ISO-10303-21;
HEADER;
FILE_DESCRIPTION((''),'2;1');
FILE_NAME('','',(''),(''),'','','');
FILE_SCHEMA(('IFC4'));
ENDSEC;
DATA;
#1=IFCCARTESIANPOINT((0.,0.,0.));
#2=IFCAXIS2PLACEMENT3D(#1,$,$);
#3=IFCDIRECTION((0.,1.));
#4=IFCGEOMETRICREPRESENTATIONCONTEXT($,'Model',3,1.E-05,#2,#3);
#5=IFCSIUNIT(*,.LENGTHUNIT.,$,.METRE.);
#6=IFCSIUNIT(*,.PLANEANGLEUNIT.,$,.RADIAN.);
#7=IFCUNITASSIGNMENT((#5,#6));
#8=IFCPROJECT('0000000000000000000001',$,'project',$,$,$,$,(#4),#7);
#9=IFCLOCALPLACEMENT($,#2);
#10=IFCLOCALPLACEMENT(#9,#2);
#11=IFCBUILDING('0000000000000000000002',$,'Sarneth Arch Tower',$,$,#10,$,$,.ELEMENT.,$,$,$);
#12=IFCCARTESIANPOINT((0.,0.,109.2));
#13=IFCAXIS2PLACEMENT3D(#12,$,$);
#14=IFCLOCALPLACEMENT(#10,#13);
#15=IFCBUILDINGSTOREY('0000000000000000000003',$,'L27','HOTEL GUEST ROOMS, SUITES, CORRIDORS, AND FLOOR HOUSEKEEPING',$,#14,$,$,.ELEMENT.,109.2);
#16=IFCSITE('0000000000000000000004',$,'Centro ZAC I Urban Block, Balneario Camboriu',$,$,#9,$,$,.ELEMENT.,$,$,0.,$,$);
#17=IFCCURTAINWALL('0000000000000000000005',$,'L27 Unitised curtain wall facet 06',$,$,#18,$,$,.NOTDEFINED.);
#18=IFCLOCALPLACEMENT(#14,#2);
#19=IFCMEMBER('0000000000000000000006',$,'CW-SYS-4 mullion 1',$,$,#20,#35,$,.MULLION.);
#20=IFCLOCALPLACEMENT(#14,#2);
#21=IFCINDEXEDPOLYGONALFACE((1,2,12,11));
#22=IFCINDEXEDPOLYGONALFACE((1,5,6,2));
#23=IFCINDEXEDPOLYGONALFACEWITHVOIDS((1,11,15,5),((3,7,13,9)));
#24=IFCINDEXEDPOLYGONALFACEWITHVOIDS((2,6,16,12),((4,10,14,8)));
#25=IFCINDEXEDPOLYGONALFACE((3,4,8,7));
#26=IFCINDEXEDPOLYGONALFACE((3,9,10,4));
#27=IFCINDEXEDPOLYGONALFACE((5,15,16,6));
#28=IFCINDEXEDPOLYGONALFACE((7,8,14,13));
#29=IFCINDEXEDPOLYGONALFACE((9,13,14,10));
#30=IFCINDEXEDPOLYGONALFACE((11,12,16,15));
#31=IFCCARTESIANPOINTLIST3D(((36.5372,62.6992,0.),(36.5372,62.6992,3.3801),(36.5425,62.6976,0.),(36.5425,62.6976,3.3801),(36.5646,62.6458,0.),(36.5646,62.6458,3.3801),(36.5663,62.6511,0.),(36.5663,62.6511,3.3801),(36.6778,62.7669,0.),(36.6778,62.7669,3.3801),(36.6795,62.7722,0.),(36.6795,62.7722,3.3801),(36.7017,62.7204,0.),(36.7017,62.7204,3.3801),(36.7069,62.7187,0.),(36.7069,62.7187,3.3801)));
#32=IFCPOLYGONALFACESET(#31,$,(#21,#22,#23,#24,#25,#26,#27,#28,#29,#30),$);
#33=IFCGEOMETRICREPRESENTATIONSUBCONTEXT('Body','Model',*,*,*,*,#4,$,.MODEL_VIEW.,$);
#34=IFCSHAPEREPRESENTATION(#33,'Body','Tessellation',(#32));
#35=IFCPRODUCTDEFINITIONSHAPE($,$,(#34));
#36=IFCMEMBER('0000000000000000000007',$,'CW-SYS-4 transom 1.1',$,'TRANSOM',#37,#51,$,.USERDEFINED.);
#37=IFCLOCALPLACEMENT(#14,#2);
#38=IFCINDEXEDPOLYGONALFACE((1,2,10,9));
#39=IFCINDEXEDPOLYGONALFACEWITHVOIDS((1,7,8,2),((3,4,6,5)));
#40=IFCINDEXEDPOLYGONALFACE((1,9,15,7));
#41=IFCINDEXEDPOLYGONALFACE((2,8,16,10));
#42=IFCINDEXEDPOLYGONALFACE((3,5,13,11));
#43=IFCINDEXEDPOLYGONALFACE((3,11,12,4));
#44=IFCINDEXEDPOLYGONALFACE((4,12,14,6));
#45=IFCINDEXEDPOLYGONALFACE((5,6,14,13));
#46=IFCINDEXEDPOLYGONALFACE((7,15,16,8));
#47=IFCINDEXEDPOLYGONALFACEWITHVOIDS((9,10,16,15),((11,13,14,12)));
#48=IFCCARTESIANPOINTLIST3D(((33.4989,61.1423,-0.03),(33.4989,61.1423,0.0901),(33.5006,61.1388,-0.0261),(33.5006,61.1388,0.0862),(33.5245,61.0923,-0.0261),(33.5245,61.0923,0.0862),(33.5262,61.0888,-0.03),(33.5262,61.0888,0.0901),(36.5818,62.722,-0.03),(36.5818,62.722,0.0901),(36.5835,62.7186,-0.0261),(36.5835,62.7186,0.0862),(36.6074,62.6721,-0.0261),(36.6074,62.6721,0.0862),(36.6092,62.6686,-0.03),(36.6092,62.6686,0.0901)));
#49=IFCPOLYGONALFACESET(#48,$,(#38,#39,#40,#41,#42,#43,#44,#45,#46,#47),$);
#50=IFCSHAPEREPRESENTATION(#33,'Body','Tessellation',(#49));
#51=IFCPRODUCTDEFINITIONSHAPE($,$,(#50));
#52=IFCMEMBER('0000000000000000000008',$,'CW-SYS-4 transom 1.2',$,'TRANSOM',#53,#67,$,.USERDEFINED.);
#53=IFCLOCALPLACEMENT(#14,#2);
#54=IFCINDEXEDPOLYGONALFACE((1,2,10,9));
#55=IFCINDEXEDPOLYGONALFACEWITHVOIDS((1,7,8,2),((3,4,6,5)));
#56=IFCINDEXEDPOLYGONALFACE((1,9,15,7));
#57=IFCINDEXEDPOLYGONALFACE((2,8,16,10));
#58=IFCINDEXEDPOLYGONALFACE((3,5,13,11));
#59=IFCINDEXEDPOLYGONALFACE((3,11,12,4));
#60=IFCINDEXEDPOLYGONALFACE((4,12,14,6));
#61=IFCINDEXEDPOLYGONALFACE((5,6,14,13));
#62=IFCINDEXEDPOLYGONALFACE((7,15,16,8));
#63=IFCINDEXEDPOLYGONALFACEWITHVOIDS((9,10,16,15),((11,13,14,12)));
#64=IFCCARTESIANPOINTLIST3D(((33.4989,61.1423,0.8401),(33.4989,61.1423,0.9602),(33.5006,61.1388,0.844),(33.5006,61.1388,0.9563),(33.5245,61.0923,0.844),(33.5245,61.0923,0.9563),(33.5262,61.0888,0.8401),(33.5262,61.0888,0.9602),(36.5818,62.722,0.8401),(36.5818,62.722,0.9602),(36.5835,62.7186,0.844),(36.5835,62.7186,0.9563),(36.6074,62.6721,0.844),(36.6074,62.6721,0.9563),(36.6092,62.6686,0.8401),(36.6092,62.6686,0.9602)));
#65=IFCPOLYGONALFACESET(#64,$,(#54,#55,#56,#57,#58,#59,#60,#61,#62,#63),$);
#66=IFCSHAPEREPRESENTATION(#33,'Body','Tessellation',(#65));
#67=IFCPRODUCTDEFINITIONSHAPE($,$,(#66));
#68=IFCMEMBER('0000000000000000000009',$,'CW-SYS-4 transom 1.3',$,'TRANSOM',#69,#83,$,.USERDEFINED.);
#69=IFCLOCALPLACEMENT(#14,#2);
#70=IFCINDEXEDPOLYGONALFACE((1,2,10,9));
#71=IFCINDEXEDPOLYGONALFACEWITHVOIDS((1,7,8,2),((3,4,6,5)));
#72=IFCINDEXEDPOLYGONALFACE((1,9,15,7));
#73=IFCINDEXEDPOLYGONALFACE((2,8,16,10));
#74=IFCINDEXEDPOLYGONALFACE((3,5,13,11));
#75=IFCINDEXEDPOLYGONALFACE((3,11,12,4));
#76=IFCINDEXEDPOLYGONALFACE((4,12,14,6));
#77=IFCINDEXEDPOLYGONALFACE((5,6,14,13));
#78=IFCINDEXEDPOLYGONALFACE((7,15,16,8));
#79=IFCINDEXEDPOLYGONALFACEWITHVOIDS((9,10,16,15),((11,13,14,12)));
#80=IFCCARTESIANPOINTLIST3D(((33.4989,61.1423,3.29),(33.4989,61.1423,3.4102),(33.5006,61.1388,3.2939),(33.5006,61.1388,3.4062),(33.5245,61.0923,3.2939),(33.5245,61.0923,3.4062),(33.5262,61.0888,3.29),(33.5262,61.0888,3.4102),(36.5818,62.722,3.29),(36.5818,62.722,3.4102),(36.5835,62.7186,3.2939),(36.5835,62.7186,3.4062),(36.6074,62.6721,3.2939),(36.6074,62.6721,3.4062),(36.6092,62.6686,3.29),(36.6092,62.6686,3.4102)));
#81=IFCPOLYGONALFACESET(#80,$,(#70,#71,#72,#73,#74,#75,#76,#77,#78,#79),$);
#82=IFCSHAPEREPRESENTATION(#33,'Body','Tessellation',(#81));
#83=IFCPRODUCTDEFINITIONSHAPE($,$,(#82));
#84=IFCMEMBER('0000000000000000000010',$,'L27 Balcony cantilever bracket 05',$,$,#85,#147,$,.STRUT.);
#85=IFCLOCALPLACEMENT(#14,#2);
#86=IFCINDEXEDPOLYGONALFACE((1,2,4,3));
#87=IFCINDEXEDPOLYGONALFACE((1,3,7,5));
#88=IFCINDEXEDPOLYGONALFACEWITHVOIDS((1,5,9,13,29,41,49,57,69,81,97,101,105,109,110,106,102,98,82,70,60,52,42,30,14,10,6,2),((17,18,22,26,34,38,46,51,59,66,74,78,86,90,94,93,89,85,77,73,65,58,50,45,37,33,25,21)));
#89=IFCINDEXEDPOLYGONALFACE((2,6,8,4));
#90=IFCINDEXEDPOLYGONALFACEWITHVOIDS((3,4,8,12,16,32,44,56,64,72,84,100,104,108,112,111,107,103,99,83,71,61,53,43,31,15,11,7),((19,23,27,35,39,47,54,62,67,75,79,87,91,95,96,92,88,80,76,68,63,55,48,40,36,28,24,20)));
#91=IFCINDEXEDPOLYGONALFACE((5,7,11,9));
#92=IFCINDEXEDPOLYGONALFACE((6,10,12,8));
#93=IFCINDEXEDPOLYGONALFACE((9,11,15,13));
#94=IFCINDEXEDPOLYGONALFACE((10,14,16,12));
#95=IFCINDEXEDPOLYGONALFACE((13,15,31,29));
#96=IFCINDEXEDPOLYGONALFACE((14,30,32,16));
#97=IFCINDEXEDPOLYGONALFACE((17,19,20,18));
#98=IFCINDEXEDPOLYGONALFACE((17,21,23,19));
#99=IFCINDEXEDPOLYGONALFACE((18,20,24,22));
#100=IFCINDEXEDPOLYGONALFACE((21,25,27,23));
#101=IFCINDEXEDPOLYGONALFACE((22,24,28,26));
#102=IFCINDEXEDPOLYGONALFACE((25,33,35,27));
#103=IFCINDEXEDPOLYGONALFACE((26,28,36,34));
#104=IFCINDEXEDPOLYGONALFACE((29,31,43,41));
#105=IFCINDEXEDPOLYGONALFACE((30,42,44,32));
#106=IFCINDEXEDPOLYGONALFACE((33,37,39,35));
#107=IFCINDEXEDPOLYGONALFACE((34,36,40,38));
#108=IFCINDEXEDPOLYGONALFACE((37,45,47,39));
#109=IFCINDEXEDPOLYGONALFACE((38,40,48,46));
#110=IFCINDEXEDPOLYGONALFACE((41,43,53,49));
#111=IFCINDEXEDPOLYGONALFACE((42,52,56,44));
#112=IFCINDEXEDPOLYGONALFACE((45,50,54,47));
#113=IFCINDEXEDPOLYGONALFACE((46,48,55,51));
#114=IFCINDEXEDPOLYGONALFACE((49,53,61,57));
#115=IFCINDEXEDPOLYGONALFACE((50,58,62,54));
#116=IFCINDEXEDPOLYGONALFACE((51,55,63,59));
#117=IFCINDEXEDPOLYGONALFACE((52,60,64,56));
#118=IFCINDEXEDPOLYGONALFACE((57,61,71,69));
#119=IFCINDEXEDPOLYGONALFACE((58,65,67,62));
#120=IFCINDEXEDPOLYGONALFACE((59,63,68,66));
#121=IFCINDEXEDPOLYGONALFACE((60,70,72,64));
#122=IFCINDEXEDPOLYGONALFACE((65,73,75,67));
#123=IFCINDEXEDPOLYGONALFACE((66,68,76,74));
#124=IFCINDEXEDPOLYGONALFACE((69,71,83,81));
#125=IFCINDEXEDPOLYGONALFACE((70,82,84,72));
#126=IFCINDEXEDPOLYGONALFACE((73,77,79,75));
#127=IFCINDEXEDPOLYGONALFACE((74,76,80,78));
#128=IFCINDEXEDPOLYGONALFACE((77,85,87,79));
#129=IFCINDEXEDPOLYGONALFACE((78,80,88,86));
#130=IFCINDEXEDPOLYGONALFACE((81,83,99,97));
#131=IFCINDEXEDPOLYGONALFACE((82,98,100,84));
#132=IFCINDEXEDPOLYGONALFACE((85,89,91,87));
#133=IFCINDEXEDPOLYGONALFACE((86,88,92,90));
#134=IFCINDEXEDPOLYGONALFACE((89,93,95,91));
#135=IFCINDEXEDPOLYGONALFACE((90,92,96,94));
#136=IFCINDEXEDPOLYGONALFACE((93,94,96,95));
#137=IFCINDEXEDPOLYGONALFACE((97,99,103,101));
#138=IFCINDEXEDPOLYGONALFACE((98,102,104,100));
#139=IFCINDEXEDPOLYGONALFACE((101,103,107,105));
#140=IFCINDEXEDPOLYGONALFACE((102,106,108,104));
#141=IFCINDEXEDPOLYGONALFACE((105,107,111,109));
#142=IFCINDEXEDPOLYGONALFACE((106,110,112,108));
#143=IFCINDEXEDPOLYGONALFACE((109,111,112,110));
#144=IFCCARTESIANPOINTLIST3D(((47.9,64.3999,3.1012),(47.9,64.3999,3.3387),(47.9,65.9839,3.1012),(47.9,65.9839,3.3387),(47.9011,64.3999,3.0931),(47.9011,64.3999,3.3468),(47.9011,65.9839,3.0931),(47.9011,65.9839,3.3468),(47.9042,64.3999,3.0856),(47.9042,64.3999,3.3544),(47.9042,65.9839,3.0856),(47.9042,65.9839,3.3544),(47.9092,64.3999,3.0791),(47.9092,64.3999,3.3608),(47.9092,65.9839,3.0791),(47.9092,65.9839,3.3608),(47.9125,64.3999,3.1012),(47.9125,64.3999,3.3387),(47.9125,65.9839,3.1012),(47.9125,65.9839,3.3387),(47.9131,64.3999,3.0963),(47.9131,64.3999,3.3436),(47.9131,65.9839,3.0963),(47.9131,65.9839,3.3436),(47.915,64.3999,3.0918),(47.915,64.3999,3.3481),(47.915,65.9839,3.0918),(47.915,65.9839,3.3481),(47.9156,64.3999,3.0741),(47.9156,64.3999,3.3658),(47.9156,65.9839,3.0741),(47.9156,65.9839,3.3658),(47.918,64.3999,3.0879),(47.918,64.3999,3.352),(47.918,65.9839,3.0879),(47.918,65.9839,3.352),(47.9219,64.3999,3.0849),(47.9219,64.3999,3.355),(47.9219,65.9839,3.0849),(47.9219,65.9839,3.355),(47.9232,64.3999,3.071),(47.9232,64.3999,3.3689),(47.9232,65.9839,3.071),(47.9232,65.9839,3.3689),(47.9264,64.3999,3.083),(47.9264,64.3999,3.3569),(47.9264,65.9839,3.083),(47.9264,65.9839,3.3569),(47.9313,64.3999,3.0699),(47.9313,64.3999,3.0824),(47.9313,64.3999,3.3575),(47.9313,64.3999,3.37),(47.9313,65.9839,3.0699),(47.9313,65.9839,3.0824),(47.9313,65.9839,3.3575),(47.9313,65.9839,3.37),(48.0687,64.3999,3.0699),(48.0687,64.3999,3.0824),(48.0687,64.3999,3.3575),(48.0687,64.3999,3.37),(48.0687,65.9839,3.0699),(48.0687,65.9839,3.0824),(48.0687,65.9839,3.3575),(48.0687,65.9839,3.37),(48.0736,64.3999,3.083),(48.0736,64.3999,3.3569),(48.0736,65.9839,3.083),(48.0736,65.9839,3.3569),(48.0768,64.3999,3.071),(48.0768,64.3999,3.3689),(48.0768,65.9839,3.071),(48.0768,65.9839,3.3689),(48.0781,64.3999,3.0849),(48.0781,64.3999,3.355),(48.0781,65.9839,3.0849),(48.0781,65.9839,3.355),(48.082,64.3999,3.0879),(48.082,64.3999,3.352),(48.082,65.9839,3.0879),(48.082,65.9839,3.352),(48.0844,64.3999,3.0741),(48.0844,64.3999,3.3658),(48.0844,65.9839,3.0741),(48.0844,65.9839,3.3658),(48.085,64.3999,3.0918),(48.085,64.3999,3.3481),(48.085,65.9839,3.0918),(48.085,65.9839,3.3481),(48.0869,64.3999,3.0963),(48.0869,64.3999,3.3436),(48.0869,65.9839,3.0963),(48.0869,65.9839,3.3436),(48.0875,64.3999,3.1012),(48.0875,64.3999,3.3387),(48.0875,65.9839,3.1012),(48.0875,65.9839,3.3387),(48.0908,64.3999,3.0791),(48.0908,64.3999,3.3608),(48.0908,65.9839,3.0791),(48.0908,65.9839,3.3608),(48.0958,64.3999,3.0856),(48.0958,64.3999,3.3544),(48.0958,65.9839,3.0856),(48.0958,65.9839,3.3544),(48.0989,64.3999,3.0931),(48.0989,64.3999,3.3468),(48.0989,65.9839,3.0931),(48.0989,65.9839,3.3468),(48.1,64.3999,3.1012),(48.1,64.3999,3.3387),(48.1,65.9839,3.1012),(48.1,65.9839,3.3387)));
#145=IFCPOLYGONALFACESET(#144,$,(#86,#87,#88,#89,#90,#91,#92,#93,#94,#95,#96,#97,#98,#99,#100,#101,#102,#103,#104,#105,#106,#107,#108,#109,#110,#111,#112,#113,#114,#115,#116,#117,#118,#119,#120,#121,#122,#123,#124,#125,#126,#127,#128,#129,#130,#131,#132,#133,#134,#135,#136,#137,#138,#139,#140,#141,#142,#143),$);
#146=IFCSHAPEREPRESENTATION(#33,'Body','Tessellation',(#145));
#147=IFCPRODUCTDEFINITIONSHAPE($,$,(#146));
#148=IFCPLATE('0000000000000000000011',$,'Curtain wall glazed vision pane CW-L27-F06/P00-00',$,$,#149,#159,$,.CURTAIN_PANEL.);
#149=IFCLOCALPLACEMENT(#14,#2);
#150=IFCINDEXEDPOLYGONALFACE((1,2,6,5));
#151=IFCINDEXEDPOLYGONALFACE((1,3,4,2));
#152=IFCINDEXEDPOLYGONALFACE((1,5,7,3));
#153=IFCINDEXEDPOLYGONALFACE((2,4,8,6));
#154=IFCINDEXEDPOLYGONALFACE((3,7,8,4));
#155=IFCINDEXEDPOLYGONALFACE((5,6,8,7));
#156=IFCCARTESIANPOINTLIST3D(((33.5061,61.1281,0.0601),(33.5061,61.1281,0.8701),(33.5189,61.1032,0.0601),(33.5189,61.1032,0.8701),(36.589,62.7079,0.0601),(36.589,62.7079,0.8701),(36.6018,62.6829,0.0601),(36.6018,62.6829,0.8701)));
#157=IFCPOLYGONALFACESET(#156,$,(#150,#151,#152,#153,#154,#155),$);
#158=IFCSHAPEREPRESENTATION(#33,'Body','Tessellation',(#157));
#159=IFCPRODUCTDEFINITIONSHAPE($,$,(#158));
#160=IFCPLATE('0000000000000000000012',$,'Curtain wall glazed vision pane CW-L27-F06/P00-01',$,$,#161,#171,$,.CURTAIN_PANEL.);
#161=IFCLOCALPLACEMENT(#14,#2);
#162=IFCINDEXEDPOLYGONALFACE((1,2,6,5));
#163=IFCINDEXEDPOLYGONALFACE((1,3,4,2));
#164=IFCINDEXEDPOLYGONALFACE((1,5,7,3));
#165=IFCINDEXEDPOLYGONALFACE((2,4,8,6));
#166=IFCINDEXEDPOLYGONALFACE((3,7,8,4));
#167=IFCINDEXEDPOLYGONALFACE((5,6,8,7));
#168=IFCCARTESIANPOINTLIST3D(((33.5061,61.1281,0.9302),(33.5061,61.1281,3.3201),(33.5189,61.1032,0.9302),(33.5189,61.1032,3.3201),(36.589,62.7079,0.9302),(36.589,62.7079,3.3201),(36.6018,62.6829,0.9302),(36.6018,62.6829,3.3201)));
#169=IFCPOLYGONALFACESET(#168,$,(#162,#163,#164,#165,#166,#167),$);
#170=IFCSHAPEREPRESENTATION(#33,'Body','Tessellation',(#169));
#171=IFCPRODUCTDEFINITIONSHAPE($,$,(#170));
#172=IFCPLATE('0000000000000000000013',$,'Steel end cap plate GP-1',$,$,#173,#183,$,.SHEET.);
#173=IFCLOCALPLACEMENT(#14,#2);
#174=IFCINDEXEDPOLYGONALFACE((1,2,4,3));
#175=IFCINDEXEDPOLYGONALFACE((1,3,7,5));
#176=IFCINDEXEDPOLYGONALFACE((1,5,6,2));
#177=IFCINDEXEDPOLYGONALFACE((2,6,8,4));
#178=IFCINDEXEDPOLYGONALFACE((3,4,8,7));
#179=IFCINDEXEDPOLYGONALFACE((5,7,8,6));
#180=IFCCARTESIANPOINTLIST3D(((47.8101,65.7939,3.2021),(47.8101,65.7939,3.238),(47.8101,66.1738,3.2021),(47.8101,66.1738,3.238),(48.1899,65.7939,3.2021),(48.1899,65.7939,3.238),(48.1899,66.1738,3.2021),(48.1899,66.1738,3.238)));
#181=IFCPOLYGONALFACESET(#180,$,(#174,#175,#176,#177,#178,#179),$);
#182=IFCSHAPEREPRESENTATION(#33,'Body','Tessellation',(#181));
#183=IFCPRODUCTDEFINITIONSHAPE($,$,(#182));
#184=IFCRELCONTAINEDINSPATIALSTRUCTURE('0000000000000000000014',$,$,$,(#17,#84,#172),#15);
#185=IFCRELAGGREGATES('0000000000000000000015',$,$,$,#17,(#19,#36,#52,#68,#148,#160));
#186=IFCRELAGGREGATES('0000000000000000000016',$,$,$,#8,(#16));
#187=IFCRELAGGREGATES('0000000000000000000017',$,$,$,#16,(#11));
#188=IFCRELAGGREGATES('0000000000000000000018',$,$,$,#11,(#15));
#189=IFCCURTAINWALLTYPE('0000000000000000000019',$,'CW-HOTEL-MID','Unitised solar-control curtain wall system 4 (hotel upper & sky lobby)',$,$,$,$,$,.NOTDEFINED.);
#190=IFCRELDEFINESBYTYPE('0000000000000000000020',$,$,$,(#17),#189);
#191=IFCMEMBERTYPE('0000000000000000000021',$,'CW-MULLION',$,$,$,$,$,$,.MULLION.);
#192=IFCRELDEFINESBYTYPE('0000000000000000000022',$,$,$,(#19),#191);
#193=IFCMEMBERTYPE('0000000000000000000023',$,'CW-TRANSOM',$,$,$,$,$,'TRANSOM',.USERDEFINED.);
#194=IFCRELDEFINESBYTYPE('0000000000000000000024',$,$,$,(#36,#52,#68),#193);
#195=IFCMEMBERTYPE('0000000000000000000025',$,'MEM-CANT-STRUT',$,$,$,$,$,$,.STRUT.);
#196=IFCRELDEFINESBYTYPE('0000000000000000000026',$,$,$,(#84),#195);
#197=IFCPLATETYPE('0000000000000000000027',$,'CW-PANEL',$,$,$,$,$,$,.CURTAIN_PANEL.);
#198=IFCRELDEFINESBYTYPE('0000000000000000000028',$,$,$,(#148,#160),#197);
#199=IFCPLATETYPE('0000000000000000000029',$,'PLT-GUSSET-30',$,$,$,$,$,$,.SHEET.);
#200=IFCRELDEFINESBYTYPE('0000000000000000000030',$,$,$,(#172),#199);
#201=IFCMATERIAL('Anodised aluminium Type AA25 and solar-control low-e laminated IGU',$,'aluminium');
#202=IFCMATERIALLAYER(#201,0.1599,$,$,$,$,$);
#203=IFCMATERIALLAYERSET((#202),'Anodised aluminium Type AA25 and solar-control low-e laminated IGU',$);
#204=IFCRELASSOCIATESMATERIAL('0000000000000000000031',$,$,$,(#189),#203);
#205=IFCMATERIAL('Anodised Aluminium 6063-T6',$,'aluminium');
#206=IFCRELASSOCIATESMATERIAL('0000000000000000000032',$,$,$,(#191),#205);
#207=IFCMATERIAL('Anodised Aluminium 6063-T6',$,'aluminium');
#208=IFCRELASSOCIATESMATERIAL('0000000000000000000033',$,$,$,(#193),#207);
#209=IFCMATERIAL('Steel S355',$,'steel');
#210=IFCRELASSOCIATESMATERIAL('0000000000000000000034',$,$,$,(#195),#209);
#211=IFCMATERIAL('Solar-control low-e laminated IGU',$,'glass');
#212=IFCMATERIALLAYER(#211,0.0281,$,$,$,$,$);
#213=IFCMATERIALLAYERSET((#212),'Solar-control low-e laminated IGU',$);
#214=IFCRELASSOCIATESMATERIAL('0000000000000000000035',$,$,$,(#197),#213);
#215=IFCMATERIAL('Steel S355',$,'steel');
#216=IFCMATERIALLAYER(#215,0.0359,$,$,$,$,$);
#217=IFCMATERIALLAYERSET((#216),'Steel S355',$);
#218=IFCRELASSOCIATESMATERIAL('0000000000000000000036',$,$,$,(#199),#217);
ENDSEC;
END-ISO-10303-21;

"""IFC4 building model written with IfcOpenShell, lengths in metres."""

from ifc_helpers import new_model, si_unit, direction, frame, origin, origin_2d, place, context, subcontext, project, spatial, rectangle, hollow_rectangle, extrude, material, layer, layer_set, material_profile, profile_set, type_object, element, aggregate, save


model = new_model("IFC4")

# Units and contexts
model_context = context("Model", 3, precision=1e-05, world=origin(), true_north=direction((0.0, 1.0)))
body_context = subcontext(model_context, "Body", "Model", "MODEL_VIEW")
ifc_project = project(units=[si_unit("LENGTHUNIT", "METRE"), si_unit("PLANEANGLEUNIT", "RADIAN")], contexts=[model_context])

# Site, building, storey
site_placement = place(None, origin())
site = spatial("IfcSite", under=ifc_project, at=site_placement, Name="Centro ZAC I Urban Block, Balneario Camboriu", CompositionType="ELEMENT", RefElevation=0.0)
building_placement = place(site_placement, origin())
building = spatial("IfcBuilding", under=site, at=building_placement, Name="Sarneth Arch Tower", CompositionType="ELEMENT")
storey_placement = place(building_placement, frame((0.0, 0.0, 109.2)))
storey = spatial("IfcBuildingStorey", under=building, at=storey_placement, Name="L27", Description="HOTEL GUEST ROOMS, SUITES, CORRIDORS, AND FLOOR HOUSEKEEPING", CompositionType="ELEMENT", Elevation=109.2)

# Curtain wall, members
ifc_material_1 = material(Name="Anodised aluminium Type AA25 and solar-control low-e laminated IGU", Category="aluminium")
ifc_layer_1 = layer(ifc_material_1, 0.1599)
ifc_layer_set_1 = layer_set([ifc_layer_1], Name="Anodised aluminium Type AA25 and solar-control low-e laminated IGU")
curtain_wall_type = type_object("IfcCurtainWallType", Name="CW-HOTEL-MID", Description="Unitised solar-control curtain wall system 4 (hotel upper & sky lobby)", PredefinedType="NOTDEFINED", material=ifc_layer_set_1)
curtain_wall_placement = place(storey_placement, origin())
curtain_wall = element("IfcCurtainWall", 1, at=curtain_wall_placement, inside=storey, type_object=curtain_wall_type, Name="L27 Unitised curtain wall facet 06", PredefinedType="NOTDEFINED")
ifc_material_2 = material(Name="Anodised Aluminium 6063-T6", Category="aluminium")
ifc_material_profile_1 = material_profile(ifc_material_2, hollow_rectangle(XDim=0.0601, YDim=0.1599, WallThickness=0.0039, at=origin_2d()), Name="AL-MULL-160x60x4")
ifc_profile_set_1 = profile_set([ifc_material_profile_1], Name="Anodised Aluminium 6063-T6")
member_type_1 = type_object("IfcMemberType", Name="CW-MULLION", PredefinedType="MULLION", material=ifc_profile_set_1)
member_1_placement = place(storey_placement, frame((36.6221, 62.709, 0.0), z_axis=(0.0, 0.0, 1.0), x_axis=(0.456031, -0.889964, 0.0)))
member_1 = element("IfcMember", 2, at=member_1_placement, type_object=member_type_1, Name="CW-SYS-4 mullion 1", PredefinedType="MULLION", context=body_context, shape_type="SweptSolid", body=[
    extrude(hollow_rectangle(XDim=0.0601, YDim=0.1599, WallThickness=0.0039, at=origin_2d()), origin(), (0.0, 0.0, 1.0), 3.3801),
])
ifc_material_3 = material(Name="Anodised Aluminium 6063-T6", Category="aluminium")
ifc_material_profile_2 = material_profile(ifc_material_3, hollow_rectangle(XDim=0.0601, YDim=0.1201, WallThickness=0.0039, at=origin_2d()), Name="AL-TRAN-120x60x4")
ifc_profile_set_2 = profile_set([ifc_material_profile_2], Name="Anodised Aluminium 6063-T6")
member_type_2 = type_object("IfcMemberType", Name="CW-TRANSOM", ElementType="TRANSOM", PredefinedType="USERDEFINED", material=ifc_profile_set_2)
member_2_placement = place(storey_placement, frame((36.5955, 62.6953, 0.03), z_axis=(-0.889958, -0.456043, 0.0), x_axis=(0.456043, -0.889958, 0.0)))
member_2 = element("IfcMember", 3, at=member_2_placement, type_object=member_type_2, Name="CW-SYS-4 transom 1.1", ObjectType="TRANSOM", PredefinedType="USERDEFINED", context=body_context, shape_type="SweptSolid", body=[
    extrude(hollow_rectangle(XDim=0.0601, YDim=0.1201, WallThickness=0.0039, at=origin_2d()), origin(), (0.0, 0.0, 1.0), 3.4641),
])
member_3_placement = place(storey_placement, frame((36.5955, 62.6953, 0.9001), z_axis=(-0.889958, -0.456043, 0.0), x_axis=(0.456043, -0.889958, 0.0)))
member_3 = element("IfcMember", 4, at=member_3_placement, type_object=member_type_2, Name="CW-SYS-4 transom 1.2", ObjectType="TRANSOM", PredefinedType="USERDEFINED", context=body_context, shape_type="SweptSolid", body=[
    extrude(hollow_rectangle(XDim=0.0601, YDim=0.1201, WallThickness=0.0039, at=origin_2d()), origin(), (0.0, 0.0, 1.0), 3.4641),
])
member_4_placement = place(storey_placement, frame((36.5955, 62.6953, 3.3501), z_axis=(-0.889958, -0.456043, 0.0), x_axis=(0.456043, -0.889958, 0.0)))
member_4 = element("IfcMember", 5, at=member_4_placement, type_object=member_type_2, Name="CW-SYS-4 transom 1.3", ObjectType="TRANSOM", PredefinedType="USERDEFINED", context=body_context, shape_type="SweptSolid", body=[
    extrude(hollow_rectangle(XDim=0.0601, YDim=0.1201, WallThickness=0.0039, at=origin_2d()), origin(), (0.0, 0.0, 1.0), 3.4641),
])

# Member
ifc_material_4 = material(Name="Steel S355", Category="steel")
ifc_material_profile_3 = material_profile(ifc_material_4, hollow_rectangle(XDim=0.2, YDim=0.3, WallThickness=0.0125, InnerFilletRadius=0.0188, OuterFilletRadius=0.0312, at=origin_2d()), Name="RHS300x200x12.5")
ifc_profile_set_3 = profile_set([ifc_material_profile_3], Name="Steel S355")
member_type_3 = type_object("IfcMemberType", Name="MEM-CANT-STRUT", PredefinedType="STRUT", material=ifc_profile_set_3)
member_5_placement = place(storey_placement, frame((48.0, 64.3999, 3.22), z_axis=(0.0, 1.0, 0.0), x_axis=(-1.0, 0.0, 0.0)))
element("IfcMember", 6, at=member_5_placement, inside=storey, type_object=member_type_3, Name="L27 Balcony cantilever bracket 05", PredefinedType="STRUT", context=body_context, shape_type="SweptSolid", body=[
    extrude(hollow_rectangle(XDim=0.2, YDim=0.3, WallThickness=0.0125, InnerFilletRadius=0.0188, OuterFilletRadius=0.0312, at=origin_2d()), origin(), (0.0, 0.0, 1.0), 1.584),
])

# Plates
ifc_material_5 = material(Name="Solar-control low-e laminated IGU", Category="glass")
ifc_layer_2 = layer(ifc_material_5, 0.0281)
ifc_layer_set_2 = layer_set([ifc_layer_2], Name="Solar-control low-e laminated IGU")
plate_type_1 = type_object("IfcPlateType", Name="CW-PANEL", PredefinedType="CURTAIN_PANEL", material=ifc_layer_set_2)
plate_1_placement = place(storey_placement, frame((35.054, 61.9055, 0.0601), z_axis=(0.0, 0.0, 1.0), x_axis=(-0.889964, -0.456031, 0.0)))
plate_1 = element("IfcPlate", 7, at=plate_1_placement, type_object=plate_type_1, Name="Curtain wall glazed vision pane CW-L27-F06/P00-00", PredefinedType="CURTAIN_PANEL", context=body_context, shape_type="SweptSolid", body=[
    extrude(rectangle(XDim=3.4641, YDim=0.0281, at=origin_2d()), origin(), (0.0, 0.0, 1.0), 0.8101),
])
plate_2_placement = place(storey_placement, frame((35.054, 61.9055, 0.9302), z_axis=(0.0, 0.0, 1.0), x_axis=(-0.889964, -0.456031, 0.0)))
plate_2 = element("IfcPlate", 8, at=plate_2_placement, type_object=plate_type_1, Name="Curtain wall glazed vision pane CW-L27-F06/P00-01", PredefinedType="CURTAIN_PANEL", context=body_context, shape_type="SweptSolid", body=[
    extrude(rectangle(XDim=3.4641, YDim=0.0281, at=origin_2d()), origin(), (0.0, 0.0, 1.0), 2.3899),
])
aggregate(curtain_wall, [member_1, member_2, member_3, member_4, plate_1, plate_2])
ifc_material_6 = material(Name="Steel S355", Category="steel")
ifc_layer_3 = layer(ifc_material_6, 0.0359)
ifc_layer_set_3 = layer_set([ifc_layer_3], Name="Steel S355")
plate_type_2 = type_object("IfcPlateType", Name="PLT-GUSSET-30", PredefinedType="SHEET", material=ifc_layer_set_3)
plate_3_placement = place(storey_placement, frame((48.0, 65.9839, 3.2021), z_axis=(0.0, 0.0, 1.0), x_axis=(0.0, 1.0, 0.0)))
element("IfcPlate", 9, at=plate_3_placement, inside=storey, type_object=plate_type_2, Name="Steel end cap plate GP-1", PredefinedType="SHEET", context=body_context, shape_type="SweptSolid", body=[
    extrude(rectangle(XDim=0.3799, YDim=0.3799, at=origin_2d()), origin(), (0.0, 0.0, 1.0), 0.0359),
])

save(model, "model.ifc")
